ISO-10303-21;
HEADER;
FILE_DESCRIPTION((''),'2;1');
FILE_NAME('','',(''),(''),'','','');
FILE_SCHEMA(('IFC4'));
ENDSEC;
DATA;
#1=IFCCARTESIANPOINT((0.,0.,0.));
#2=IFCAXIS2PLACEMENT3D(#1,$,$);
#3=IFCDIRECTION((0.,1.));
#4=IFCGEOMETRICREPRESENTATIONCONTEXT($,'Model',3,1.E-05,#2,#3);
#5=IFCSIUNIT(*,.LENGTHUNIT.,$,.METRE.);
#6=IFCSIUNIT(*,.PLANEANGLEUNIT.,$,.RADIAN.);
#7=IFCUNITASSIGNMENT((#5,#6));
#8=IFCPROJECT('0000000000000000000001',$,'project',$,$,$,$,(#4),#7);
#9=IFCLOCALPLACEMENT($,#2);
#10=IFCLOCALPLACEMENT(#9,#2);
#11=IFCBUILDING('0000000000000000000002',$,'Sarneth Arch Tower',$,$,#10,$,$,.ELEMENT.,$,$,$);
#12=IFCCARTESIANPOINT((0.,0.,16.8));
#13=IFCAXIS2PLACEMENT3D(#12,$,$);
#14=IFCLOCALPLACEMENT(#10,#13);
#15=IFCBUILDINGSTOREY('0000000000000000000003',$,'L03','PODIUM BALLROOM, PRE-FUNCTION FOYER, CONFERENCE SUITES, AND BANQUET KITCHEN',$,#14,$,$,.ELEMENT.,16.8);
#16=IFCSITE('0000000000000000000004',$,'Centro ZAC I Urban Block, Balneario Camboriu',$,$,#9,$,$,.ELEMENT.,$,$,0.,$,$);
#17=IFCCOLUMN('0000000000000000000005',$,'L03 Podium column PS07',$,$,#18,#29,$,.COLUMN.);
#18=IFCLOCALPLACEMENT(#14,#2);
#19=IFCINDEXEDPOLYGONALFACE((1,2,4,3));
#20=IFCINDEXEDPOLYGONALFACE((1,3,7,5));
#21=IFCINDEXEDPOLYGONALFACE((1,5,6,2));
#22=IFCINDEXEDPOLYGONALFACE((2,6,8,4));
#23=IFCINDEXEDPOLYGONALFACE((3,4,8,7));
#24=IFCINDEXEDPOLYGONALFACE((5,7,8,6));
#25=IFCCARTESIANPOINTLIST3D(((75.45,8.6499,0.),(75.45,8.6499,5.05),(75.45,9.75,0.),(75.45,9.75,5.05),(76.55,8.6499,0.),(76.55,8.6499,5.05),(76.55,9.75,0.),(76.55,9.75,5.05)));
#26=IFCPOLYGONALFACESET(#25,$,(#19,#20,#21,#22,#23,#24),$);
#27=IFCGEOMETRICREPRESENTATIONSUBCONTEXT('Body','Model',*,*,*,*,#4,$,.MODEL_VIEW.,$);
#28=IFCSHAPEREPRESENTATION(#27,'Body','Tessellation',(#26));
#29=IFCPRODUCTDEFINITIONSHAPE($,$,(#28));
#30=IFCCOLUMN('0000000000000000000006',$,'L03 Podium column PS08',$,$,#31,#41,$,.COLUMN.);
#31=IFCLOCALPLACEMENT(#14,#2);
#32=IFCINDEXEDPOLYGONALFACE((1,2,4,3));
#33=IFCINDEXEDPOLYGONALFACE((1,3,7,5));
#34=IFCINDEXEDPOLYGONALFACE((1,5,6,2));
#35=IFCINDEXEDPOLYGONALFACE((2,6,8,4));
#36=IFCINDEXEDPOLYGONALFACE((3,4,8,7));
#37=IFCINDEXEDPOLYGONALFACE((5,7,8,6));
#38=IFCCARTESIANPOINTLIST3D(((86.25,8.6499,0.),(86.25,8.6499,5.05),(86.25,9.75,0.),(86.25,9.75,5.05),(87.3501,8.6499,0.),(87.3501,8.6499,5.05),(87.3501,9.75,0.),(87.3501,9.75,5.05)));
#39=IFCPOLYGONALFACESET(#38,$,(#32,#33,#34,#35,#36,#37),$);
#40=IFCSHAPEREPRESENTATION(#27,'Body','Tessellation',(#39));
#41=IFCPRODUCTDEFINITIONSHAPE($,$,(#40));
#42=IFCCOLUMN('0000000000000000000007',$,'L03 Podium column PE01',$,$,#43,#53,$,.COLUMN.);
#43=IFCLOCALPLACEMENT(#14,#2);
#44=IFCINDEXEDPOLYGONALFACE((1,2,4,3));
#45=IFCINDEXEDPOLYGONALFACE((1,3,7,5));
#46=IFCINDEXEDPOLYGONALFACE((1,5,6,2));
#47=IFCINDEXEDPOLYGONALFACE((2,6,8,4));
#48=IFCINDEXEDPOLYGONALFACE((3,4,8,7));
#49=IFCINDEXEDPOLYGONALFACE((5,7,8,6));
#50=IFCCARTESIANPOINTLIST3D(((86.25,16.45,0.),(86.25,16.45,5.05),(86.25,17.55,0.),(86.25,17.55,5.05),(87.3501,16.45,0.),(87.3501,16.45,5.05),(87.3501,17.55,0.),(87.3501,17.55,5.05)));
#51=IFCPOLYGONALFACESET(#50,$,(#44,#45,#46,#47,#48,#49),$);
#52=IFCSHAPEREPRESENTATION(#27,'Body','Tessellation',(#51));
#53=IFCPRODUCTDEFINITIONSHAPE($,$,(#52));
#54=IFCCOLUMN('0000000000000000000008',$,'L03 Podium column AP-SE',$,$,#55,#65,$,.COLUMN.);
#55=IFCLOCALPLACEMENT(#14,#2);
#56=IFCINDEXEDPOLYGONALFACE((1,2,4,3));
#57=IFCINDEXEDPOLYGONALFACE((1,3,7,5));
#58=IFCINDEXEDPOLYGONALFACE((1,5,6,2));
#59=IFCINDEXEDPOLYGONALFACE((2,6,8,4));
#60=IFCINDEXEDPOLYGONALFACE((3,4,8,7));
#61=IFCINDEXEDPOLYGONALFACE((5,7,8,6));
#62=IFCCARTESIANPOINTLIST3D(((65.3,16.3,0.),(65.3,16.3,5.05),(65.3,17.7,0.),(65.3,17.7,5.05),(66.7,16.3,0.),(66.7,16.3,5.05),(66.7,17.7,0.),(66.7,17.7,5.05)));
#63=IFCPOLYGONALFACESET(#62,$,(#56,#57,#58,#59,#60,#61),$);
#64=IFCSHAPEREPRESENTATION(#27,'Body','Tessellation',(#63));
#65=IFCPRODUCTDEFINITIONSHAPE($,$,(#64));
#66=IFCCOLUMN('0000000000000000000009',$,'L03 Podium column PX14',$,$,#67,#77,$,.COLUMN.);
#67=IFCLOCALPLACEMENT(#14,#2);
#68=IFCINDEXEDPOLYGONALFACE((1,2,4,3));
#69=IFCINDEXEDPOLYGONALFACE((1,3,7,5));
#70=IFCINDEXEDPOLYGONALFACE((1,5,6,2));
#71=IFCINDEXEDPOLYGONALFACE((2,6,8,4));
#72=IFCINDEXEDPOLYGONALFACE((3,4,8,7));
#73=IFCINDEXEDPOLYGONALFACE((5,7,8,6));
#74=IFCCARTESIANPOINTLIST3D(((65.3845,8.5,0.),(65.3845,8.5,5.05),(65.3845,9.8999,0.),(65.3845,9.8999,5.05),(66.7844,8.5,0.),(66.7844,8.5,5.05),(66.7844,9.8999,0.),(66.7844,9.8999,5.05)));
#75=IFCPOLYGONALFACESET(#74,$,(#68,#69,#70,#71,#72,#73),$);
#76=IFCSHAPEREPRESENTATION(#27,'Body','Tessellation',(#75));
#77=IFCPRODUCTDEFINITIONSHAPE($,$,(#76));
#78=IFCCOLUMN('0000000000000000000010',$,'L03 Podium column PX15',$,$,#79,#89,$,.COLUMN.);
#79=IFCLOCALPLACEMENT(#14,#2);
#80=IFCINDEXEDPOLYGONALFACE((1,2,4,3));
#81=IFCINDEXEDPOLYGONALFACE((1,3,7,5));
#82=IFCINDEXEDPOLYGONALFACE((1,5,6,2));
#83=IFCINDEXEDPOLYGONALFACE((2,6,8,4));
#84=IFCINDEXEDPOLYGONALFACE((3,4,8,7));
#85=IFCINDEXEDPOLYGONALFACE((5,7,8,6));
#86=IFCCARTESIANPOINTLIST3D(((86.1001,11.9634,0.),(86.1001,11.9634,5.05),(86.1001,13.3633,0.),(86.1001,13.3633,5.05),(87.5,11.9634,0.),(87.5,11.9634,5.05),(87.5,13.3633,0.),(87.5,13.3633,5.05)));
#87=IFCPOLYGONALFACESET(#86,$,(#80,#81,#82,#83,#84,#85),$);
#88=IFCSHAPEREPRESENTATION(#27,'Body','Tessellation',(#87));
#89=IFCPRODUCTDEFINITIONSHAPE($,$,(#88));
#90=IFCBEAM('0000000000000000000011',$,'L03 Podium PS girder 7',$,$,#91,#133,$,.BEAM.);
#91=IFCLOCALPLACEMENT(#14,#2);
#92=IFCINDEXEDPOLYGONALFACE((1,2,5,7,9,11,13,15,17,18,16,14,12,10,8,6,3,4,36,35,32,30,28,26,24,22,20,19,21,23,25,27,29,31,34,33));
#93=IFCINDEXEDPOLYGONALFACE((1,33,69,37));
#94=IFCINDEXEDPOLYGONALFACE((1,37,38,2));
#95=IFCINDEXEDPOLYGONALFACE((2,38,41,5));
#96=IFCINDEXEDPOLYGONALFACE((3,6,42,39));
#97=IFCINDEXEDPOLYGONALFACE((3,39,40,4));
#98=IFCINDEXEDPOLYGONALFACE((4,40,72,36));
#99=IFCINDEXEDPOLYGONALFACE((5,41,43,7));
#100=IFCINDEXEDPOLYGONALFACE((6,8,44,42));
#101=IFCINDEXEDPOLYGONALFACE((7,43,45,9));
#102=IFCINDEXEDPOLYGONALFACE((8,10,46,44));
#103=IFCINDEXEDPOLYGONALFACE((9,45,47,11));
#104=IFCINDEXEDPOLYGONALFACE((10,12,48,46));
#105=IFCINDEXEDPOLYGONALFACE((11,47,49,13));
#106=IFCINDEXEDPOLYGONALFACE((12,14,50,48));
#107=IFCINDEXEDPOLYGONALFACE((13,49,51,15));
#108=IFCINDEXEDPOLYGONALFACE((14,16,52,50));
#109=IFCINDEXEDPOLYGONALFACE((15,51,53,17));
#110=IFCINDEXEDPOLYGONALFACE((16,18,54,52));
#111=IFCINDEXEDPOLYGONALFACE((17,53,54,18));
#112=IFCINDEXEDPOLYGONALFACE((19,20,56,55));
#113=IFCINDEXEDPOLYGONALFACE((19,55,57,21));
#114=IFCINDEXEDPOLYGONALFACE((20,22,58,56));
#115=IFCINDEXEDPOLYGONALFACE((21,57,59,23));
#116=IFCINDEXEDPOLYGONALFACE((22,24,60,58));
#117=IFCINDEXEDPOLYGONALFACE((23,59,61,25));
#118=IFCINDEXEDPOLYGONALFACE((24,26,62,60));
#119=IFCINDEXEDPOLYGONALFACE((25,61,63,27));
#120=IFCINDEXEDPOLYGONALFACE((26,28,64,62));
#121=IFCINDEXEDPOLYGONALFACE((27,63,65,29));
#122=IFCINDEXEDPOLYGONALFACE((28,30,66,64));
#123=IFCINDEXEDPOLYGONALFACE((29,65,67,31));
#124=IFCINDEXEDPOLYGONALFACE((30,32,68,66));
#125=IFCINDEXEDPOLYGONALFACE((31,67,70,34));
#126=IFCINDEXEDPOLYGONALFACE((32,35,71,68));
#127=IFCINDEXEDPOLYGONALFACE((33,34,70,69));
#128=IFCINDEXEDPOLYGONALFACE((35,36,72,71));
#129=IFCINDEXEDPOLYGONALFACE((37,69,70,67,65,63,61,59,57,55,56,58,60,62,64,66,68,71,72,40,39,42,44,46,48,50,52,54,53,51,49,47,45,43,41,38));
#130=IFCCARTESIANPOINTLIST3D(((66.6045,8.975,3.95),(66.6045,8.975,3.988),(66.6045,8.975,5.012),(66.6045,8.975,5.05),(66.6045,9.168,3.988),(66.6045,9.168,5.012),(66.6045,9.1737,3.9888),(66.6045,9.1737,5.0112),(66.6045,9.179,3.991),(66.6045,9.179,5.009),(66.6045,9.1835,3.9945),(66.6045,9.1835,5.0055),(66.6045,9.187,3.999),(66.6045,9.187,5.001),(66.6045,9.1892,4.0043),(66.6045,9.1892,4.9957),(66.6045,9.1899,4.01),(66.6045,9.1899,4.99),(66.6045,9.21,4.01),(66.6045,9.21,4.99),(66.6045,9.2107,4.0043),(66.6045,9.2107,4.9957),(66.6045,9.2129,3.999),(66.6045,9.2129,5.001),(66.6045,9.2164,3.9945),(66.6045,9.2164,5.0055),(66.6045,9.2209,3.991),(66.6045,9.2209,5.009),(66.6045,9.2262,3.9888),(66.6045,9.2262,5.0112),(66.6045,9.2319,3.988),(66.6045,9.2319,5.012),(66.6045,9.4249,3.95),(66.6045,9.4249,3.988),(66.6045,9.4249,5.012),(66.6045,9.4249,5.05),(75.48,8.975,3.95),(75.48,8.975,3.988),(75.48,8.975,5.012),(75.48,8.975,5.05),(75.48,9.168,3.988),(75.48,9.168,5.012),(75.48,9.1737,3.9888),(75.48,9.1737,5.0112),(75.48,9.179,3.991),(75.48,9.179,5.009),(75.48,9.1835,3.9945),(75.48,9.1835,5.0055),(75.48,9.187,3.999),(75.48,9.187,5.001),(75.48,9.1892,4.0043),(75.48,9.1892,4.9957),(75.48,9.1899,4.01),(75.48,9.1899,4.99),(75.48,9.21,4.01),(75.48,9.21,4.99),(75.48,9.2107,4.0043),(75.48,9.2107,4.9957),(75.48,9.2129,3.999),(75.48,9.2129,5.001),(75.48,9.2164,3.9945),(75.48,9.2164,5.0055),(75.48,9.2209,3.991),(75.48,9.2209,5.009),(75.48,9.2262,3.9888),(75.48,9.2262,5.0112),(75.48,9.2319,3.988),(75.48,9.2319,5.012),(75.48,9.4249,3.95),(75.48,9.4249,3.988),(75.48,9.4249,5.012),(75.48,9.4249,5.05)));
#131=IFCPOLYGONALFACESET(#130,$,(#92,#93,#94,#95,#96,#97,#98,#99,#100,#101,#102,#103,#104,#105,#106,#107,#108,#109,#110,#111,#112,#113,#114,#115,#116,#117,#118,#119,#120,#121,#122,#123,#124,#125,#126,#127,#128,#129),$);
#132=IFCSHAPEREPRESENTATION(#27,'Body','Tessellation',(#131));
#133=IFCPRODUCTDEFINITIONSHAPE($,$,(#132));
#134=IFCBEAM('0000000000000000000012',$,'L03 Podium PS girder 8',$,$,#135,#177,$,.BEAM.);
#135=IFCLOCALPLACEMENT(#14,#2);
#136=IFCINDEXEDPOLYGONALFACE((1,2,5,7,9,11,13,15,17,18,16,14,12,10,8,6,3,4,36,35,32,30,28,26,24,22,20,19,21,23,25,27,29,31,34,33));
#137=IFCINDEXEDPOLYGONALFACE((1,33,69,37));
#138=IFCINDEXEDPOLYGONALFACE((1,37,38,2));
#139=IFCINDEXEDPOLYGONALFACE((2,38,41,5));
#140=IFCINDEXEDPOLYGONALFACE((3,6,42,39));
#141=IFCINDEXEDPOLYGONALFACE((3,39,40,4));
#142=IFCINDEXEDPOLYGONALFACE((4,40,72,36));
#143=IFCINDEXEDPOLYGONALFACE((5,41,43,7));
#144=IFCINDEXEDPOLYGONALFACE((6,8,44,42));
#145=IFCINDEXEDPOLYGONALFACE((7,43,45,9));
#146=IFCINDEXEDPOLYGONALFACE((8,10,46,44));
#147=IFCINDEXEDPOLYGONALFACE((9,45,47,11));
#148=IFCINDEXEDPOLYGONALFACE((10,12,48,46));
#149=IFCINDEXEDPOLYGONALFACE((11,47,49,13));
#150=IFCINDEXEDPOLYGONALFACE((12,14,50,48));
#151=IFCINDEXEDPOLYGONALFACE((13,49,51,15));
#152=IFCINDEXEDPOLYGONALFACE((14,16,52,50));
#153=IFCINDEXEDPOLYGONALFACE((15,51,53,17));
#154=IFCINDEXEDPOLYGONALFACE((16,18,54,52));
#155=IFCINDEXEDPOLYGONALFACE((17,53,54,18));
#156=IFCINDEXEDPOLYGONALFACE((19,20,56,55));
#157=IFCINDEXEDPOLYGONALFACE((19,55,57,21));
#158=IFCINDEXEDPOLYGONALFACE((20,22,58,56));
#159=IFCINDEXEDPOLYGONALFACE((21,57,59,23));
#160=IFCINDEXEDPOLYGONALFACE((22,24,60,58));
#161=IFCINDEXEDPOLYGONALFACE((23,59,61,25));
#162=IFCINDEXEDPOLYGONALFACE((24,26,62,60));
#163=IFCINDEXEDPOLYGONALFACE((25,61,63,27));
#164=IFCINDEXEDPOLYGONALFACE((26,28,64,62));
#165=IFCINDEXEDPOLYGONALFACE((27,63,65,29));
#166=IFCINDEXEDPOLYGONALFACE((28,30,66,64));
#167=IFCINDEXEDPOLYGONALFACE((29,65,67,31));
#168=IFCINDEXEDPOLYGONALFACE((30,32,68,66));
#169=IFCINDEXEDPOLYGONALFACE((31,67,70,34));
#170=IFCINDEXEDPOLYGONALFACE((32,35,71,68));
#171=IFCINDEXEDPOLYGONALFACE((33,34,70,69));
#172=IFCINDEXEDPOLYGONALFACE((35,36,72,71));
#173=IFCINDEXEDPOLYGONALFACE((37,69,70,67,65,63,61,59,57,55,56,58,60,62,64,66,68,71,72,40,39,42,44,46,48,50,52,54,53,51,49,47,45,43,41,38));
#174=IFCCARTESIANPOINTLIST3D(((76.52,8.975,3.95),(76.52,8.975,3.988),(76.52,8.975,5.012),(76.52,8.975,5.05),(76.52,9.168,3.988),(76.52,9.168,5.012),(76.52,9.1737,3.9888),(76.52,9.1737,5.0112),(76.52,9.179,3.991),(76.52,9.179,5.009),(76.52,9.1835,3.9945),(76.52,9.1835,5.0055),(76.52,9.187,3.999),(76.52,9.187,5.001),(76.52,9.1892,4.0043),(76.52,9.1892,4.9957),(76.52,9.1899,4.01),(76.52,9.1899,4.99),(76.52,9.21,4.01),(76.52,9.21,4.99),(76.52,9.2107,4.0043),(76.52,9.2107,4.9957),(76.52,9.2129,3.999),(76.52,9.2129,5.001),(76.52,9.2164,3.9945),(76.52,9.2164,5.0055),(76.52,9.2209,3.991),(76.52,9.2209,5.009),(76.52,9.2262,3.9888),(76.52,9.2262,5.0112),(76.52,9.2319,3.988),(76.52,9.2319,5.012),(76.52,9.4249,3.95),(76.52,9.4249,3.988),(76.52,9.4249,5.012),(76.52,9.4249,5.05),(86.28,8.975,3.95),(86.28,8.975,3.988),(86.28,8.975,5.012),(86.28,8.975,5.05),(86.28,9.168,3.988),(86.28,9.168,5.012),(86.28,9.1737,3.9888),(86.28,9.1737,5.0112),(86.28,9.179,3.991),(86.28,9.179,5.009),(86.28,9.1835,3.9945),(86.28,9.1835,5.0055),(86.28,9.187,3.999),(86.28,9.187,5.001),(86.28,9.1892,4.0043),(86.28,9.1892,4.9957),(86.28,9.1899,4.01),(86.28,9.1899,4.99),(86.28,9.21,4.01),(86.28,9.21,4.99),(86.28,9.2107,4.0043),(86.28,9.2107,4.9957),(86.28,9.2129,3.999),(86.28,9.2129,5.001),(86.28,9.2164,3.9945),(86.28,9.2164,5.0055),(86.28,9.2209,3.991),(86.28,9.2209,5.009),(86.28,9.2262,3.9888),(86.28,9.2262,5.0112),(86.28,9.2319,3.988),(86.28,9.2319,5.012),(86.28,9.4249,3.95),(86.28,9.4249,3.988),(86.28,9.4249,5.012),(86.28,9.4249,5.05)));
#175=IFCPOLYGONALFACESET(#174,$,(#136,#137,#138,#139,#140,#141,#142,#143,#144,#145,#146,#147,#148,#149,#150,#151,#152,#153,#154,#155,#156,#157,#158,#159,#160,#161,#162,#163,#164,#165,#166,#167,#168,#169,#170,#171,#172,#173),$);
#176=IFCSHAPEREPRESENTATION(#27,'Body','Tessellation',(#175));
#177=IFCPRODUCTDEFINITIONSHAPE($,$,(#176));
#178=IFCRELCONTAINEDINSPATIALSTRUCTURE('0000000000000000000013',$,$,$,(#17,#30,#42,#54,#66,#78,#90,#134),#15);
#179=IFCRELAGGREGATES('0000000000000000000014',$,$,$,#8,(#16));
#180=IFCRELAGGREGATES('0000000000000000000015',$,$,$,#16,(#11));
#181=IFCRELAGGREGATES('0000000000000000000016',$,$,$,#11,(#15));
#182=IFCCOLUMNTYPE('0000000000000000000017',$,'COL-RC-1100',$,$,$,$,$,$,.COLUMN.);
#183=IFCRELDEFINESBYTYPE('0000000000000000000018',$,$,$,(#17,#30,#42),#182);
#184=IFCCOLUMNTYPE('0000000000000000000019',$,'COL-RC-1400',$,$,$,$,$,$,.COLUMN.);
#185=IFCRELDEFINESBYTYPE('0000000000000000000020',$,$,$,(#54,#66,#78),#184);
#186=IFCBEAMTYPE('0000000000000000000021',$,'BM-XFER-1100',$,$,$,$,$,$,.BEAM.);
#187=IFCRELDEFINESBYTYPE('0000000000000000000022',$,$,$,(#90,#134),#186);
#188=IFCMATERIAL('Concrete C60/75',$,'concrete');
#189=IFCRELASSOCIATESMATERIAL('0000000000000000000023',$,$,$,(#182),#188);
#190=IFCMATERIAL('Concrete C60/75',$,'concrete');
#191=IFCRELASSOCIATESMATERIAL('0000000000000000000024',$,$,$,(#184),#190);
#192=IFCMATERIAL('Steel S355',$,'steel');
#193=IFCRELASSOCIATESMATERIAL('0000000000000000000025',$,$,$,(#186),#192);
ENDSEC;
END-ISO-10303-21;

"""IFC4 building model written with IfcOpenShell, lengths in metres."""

from ifc_helpers import new_model, si_unit, direction, frame, origin, origin_2d, place, context, subcontext, project, spatial, rectangle, i_section, extrude, material, material_profile, profile_set, type_object, element, save


model = new_model("IFC4")

# Units and contexts
model_context = context("Model", 3, precision=1e-05, world=origin(), true_north=direction((0.0, 1.0)))
body_context = subcontext(model_context, "Body", "Model", "MODEL_VIEW")
ifc_project = project(units=[si_unit("LENGTHUNIT", "METRE"), si_unit("PLANEANGLEUNIT", "RADIAN")], contexts=[model_context])

# Site, building, storey
site_placement = place(None, origin())
site = spatial("IfcSite", under=ifc_project, at=site_placement, Name="Centro ZAC I Urban Block, Balneario Camboriu", CompositionType="ELEMENT", RefElevation=0.0)
building_placement = place(site_placement, origin())
building = spatial("IfcBuilding", under=site, at=building_placement, Name="Sarneth Arch Tower", CompositionType="ELEMENT")
storey_placement = place(building_placement, frame((0.0, 0.0, 16.8)))
storey = spatial("IfcBuildingStorey", under=building, at=storey_placement, Name="L03", Description="PODIUM BALLROOM, PRE-FUNCTION FOYER, CONFERENCE SUITES, AND BANQUET KITCHEN", CompositionType="ELEMENT", Elevation=16.8)

# Columns
ifc_material_1 = material(Name="Concrete C60/75", Category="concrete")
ifc_material_profile_1 = material_profile(ifc_material_1, rectangle(XDim=1.1001, YDim=1.1001, at=origin_2d()), Name="RC-1100x1100")
ifc_profile_set_1 = profile_set([ifc_material_profile_1], Name="Concrete C60/75")
column_type_1 = type_object("IfcColumnType", Name="COL-RC-1100", PredefinedType="COLUMN", material=ifc_profile_set_1)
for number, where, z_axis, x_axis, name in (
    (1, (76.0, 9.2, 0.0), (0.0, 0.0, 1.0), (1.0, 0.0, 0.0), "L03 Podium column PS07"),
    (2, (86.8, 9.2, 0.0), (0.0, 0.0, 1.0), (1.0, 0.0, 0.0), "L03 Podium column PS08"),
    (3, (86.8, 17.0, 0.0), (0.0, 0.0, 1.0), (1.0, 0.0, 0.0), "L03 Podium column PE01"),
):
    element("IfcColumn", number, at=place(storey_placement, frame(where, z_axis=z_axis, x_axis=x_axis)), inside=storey, type_object=column_type_1, Name=name, PredefinedType="COLUMN", context=body_context, shape_type="SweptSolid", body=[
        extrude(rectangle(XDim=1.1001, YDim=1.1001, at=origin_2d()), origin(), (0.0, 0.0, 1.0), 5.05),
    ])
ifc_material_2 = material(Name="Concrete C60/75", Category="concrete")
ifc_material_profile_2 = material_profile(ifc_material_2, rectangle(XDim=1.3999, YDim=1.3999, at=origin_2d()), Name="RC-1400x1400")
ifc_profile_set_2 = profile_set([ifc_material_profile_2], Name="Concrete C60/75")
column_type_2 = type_object("IfcColumnType", Name="COL-RC-1400", PredefinedType="COLUMN", material=ifc_profile_set_2)
for number, where, z_axis, x_axis, name in (
    (4, (66.0, 17.0, 0.0), (0.0, 0.0, 1.0), (1.0, 0.0, 0.0), "L03 Podium column AP-SE"),
    (5, (66.0845, 9.2, 0.0), (0.0, 0.0, 1.0), (1.0, 0.0, 0.0), "L03 Podium column PX14"),
    (6, (86.8, 12.6633, 0.0), (0.0, 0.0, 1.0), (1.0, 0.0, 0.0), "L03 Podium column PX15"),
):
    element("IfcColumn", number, at=place(storey_placement, frame(where, z_axis=z_axis, x_axis=x_axis)), inside=storey, type_object=column_type_2, Name=name, PredefinedType="COLUMN", context=body_context, shape_type="SweptSolid", body=[
        extrude(rectangle(XDim=1.3999, YDim=1.3999, at=origin_2d()), origin(), (0.0, 0.0, 1.0), 5.05),
    ])

# Beams
ifc_material_3 = material(Name="Steel S355", Category="steel")
ifc_material_profile_3 = material_profile(ifc_material_3, i_section(OverallWidth=0.45, OverallDepth=1.1001, WebThickness=0.02, FlangeThickness=0.0381, FilletRadius=0.022, at=origin_2d()), Name="CVS1100x456")
ifc_profile_set_3 = profile_set([ifc_material_profile_3], Name="Steel S355")
beam_type_1 = type_object("IfcBeamType", Name="BM-XFER-1100", PredefinedType="BEAM", material=ifc_profile_set_3)
beam_1_placement = place(storey_placement, frame((66.6045, 9.2, 4.5), z_axis=(1.0, 0.0, 0.0), x_axis=(0.0, 1.0, 0.0)))
element("IfcBeam", 7, at=beam_1_placement, inside=storey, type_object=beam_type_1, Name="L03 Podium PS girder 7", PredefinedType="BEAM", context=body_context, shape_type="SweptSolid", body=[
    extrude(i_section(OverallWidth=0.45, OverallDepth=1.1001, WebThickness=0.02, FlangeThickness=0.0381, FilletRadius=0.022, at=origin_2d()), origin(), (0.0, 0.0, 1.0), 8.8755),
])
beam_2_placement = place(storey_placement, frame((76.52, 9.2, 4.5), z_axis=(1.0, 0.0, 0.0), x_axis=(0.0, 1.0, 0.0)))
element("IfcBeam", 8, at=beam_2_placement, inside=storey, type_object=beam_type_1, Name="L03 Podium PS girder 8", PredefinedType="BEAM", context=body_context, shape_type="SweptSolid", body=[
    extrude(i_section(OverallWidth=0.45, OverallDepth=1.1001, WebThickness=0.02, FlangeThickness=0.0381, FilletRadius=0.022, at=origin_2d()), origin(), (0.0, 0.0, 1.0), 9.76),
])

save(model, "model.ifc")
